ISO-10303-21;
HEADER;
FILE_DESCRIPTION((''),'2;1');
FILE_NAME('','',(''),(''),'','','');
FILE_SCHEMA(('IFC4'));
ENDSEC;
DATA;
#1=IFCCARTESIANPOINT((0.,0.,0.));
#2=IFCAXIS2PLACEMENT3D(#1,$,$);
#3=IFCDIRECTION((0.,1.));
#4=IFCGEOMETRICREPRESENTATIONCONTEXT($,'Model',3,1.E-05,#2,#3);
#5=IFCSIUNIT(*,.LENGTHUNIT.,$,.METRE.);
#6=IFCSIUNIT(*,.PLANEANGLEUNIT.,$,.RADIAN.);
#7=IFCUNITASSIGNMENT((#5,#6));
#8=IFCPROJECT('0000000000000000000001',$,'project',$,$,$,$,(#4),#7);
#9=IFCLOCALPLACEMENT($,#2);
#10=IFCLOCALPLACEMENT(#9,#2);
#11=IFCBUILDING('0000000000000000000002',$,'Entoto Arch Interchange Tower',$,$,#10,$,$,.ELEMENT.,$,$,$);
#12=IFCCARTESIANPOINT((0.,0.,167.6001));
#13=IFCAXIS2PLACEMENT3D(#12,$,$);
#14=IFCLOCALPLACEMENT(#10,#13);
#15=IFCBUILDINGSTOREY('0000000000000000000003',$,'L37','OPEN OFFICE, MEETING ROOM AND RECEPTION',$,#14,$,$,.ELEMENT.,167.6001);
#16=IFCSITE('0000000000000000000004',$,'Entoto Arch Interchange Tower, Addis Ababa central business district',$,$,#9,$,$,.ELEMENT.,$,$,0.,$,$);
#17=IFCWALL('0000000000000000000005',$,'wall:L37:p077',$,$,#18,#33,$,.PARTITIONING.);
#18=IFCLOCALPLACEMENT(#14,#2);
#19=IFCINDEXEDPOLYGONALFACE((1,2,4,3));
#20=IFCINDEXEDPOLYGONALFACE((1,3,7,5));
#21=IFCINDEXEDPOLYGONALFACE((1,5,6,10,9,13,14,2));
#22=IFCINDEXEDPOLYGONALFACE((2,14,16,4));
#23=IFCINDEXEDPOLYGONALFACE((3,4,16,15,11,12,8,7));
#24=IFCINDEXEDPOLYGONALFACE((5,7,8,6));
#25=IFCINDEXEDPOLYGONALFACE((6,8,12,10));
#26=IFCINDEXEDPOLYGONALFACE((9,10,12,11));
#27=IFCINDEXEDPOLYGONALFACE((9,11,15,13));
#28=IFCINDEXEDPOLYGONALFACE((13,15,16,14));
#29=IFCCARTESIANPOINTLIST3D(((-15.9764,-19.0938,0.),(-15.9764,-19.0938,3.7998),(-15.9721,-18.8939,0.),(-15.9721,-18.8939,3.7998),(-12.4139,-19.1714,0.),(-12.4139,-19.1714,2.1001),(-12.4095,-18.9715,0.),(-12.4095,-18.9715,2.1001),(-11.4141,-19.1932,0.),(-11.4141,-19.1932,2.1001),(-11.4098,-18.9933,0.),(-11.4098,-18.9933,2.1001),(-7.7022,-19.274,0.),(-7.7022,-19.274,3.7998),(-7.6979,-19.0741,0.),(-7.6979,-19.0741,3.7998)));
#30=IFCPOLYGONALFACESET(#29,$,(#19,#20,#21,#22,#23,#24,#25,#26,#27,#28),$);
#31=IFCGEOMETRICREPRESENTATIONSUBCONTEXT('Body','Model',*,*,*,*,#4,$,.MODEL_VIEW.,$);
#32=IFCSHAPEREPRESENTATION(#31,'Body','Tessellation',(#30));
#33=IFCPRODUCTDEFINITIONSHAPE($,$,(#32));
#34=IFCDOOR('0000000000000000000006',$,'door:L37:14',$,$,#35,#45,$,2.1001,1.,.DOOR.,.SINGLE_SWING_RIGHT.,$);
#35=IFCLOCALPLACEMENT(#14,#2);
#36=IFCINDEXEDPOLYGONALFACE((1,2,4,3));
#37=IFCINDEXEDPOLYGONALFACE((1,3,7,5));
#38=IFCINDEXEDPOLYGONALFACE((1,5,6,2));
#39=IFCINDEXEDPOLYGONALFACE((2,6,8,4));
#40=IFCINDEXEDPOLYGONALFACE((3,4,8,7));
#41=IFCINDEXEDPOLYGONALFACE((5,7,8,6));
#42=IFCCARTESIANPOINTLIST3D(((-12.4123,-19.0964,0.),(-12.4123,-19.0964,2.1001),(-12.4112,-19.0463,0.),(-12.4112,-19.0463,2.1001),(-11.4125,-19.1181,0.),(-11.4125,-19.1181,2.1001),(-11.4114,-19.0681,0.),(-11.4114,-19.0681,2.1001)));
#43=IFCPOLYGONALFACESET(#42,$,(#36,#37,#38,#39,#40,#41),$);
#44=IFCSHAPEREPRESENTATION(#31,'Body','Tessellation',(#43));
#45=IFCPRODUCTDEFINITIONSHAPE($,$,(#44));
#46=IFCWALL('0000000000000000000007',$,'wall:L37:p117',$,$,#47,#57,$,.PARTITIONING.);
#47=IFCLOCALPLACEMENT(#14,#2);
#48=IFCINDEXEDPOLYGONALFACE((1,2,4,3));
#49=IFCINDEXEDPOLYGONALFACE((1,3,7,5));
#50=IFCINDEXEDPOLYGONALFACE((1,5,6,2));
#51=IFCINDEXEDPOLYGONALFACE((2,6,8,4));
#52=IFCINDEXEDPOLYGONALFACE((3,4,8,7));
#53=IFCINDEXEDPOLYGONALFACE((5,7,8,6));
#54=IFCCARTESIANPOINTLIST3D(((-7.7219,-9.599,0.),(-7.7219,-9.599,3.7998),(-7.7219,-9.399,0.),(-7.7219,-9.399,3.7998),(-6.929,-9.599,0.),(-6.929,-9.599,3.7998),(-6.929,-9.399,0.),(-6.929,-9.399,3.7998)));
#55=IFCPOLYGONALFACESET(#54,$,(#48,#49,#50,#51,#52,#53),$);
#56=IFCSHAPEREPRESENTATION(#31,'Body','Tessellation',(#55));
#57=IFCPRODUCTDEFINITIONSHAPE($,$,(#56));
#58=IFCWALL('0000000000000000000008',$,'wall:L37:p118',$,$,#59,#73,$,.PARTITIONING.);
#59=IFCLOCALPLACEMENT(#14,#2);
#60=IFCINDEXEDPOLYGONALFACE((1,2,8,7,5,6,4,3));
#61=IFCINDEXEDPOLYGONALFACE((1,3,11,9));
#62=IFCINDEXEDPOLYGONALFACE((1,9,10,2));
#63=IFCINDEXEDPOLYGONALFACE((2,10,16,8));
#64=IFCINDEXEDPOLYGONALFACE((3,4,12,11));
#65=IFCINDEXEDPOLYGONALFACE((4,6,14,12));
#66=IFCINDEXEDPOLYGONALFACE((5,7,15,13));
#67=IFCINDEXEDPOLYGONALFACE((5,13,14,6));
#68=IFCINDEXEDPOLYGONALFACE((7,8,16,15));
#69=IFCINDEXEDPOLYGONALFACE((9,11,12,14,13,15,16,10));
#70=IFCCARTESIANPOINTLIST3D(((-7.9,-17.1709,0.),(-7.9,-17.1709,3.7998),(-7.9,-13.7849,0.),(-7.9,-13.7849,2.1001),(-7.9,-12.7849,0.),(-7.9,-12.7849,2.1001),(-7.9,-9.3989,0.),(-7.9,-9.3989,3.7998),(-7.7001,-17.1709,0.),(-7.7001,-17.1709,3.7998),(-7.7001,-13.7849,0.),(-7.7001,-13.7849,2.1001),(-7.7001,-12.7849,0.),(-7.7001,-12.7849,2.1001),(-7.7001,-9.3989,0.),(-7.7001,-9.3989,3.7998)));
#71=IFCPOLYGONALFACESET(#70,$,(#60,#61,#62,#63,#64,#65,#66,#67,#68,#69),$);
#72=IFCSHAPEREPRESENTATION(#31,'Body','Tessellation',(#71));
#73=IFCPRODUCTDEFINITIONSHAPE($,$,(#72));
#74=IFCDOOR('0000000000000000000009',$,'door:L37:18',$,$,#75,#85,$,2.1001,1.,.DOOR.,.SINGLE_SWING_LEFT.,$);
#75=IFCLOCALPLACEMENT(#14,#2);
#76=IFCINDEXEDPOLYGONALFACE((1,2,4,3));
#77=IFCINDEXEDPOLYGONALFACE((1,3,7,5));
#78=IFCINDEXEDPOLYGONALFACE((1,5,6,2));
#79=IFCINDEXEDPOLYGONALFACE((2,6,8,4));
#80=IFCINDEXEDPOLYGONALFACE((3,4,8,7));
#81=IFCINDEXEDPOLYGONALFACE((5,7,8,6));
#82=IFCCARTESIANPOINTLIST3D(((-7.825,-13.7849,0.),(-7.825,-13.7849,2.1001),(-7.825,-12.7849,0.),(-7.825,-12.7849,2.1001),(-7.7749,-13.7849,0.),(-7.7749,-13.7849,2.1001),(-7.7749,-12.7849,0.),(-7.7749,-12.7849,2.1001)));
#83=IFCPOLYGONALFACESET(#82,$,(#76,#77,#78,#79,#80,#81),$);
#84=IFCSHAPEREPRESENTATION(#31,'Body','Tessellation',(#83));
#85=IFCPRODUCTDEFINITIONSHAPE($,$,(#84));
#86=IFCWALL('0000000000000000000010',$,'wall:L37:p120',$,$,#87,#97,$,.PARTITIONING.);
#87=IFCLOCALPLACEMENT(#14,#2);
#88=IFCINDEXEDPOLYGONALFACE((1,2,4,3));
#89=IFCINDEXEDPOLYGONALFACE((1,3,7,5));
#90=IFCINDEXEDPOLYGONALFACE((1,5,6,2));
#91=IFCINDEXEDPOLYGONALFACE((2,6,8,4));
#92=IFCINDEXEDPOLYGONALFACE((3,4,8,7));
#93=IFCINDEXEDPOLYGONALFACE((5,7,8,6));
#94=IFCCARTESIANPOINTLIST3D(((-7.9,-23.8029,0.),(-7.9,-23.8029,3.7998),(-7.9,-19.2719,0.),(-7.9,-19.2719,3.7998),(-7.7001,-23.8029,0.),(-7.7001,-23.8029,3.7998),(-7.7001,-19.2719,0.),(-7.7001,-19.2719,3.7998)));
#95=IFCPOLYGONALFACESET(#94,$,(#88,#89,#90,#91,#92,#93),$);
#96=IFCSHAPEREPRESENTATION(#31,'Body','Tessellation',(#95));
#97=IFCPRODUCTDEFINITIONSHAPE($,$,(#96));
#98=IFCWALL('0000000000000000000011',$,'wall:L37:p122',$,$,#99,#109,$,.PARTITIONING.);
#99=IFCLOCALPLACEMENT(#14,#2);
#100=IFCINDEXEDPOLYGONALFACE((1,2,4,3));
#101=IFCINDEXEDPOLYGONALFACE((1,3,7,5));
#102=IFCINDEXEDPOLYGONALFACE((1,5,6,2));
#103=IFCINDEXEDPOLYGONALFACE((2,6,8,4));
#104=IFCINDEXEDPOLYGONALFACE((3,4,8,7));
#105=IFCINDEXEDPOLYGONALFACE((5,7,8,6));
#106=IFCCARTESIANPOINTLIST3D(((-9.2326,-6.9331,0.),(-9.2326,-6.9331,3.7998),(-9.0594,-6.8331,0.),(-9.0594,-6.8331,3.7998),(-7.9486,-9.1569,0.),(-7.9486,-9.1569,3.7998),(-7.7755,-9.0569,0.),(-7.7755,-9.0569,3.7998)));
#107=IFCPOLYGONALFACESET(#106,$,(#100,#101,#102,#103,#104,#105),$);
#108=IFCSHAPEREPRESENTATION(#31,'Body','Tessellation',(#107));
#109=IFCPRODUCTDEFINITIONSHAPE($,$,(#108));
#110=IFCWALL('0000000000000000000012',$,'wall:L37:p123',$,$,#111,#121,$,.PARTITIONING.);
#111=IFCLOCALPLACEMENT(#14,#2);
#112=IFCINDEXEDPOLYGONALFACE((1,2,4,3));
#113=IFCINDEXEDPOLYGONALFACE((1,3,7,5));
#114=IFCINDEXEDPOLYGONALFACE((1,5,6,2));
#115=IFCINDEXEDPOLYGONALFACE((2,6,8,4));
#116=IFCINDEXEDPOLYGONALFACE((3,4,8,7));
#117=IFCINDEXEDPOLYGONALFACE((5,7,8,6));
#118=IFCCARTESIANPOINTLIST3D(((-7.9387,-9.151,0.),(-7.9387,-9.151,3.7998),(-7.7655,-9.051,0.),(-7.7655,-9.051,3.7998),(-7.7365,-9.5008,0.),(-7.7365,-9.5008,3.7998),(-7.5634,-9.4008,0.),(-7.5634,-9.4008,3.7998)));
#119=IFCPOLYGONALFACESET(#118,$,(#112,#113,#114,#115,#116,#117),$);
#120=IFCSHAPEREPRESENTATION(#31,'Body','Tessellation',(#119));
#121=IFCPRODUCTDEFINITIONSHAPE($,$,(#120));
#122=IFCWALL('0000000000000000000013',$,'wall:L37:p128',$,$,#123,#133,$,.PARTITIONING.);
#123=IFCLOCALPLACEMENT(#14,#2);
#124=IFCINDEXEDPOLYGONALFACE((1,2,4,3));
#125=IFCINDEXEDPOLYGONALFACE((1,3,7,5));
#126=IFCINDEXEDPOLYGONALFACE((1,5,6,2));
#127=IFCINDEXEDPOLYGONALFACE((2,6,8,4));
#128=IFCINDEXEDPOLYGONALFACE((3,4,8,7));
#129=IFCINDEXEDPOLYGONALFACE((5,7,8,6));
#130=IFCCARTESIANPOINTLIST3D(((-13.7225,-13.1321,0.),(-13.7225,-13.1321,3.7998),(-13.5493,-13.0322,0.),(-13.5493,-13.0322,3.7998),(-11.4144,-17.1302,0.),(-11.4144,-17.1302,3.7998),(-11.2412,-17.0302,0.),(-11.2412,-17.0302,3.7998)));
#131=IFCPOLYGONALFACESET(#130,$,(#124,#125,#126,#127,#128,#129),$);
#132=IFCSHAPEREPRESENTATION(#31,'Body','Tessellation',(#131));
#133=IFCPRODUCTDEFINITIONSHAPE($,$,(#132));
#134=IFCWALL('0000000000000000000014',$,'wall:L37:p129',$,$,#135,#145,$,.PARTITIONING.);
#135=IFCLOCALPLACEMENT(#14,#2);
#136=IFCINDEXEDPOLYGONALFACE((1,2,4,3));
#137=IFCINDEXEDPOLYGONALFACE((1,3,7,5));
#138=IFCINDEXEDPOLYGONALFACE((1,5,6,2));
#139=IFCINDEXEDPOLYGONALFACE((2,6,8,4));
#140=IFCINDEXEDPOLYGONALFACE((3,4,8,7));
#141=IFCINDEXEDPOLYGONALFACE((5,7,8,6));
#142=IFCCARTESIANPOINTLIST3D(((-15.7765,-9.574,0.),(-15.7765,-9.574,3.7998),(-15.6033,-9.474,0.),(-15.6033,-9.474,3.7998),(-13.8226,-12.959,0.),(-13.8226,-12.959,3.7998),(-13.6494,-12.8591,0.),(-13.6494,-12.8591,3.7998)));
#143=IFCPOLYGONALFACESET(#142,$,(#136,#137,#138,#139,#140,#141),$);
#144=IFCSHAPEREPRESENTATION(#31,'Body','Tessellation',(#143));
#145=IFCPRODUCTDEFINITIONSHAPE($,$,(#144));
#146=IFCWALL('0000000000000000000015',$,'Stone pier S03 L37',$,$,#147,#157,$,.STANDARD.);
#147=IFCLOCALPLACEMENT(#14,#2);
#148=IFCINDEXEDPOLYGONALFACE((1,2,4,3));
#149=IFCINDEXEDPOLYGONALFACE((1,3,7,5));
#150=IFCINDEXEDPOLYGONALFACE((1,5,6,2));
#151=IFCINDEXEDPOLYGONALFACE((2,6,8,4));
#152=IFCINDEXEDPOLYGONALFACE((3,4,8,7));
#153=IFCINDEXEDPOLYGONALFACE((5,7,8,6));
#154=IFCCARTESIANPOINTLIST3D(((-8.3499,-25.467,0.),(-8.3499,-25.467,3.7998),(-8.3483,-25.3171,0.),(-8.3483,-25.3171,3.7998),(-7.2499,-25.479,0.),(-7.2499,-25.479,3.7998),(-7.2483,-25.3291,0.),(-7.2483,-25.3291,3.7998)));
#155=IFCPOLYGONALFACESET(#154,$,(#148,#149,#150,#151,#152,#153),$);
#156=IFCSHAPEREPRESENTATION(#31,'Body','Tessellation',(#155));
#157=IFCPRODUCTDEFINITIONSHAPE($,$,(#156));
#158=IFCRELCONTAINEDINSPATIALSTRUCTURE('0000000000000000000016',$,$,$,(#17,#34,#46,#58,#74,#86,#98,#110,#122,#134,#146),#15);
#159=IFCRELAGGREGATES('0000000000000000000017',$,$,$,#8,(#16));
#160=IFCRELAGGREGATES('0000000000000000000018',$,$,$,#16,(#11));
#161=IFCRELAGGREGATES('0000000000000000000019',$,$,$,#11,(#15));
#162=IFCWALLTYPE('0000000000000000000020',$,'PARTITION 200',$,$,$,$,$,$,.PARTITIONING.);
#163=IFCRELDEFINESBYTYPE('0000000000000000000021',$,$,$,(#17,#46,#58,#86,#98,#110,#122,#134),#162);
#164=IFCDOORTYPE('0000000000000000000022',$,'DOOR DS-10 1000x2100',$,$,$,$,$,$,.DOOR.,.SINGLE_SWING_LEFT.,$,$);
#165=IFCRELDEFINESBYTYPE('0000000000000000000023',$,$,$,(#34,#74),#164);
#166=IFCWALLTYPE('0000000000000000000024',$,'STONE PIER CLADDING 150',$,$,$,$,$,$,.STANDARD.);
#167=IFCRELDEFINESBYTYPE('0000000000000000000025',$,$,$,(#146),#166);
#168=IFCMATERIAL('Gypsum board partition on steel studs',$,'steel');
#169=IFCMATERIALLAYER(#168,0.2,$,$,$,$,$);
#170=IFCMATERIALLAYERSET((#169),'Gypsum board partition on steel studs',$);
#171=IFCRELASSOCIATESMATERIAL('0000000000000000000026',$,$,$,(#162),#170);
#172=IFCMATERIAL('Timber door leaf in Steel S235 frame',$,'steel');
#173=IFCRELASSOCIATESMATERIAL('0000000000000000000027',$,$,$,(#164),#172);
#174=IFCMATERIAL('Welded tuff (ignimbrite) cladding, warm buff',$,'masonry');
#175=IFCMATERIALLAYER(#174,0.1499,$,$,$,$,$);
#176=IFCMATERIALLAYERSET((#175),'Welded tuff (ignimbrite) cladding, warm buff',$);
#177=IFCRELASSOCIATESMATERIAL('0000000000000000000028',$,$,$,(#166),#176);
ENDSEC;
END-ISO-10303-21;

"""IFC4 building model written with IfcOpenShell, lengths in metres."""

from ifc_helpers import new_model, si_unit, direction, frame, frame_2d, origin, place, context, subcontext, project, spatial, rectangle, extrude, material, layer, layer_set, type_object, element, fill, save


model = new_model("IFC4")

# Units and contexts
model_context = context("Model", 3, precision=1e-05, world=origin(), true_north=direction((0.0, 1.0)))
body_context = subcontext(model_context, "Body", "Model", "MODEL_VIEW")
ifc_project = project(units=[si_unit("LENGTHUNIT", "METRE"), si_unit("PLANEANGLEUNIT", "RADIAN")], contexts=[model_context])

# Site, building, storey
site_placement = place(None, origin())
site = spatial("IfcSite", under=ifc_project, at=site_placement, Name="Entoto Arch Interchange Tower, Addis Ababa central business district", CompositionType="ELEMENT", RefElevation=0.0)
building_placement = place(site_placement, origin())
building = spatial("IfcBuilding", under=site, at=building_placement, Name="Entoto Arch Interchange Tower", CompositionType="ELEMENT")
storey_placement = place(building_placement, frame((0.0, 0.0, 167.6001)))
storey = spatial("IfcBuildingStorey", under=building, at=storey_placement, Name="L37", Description="OPEN OFFICE, MEETING ROOM AND RECEPTION", CompositionType="ELEMENT", Elevation=167.6001)

# Shared definitions
ifc_material_1 = material(Name="Gypsum board partition on steel studs", Category="steel")
ifc_layer_1 = layer(ifc_material_1, 0.2)
ifc_layer_set_1 = layer_set([ifc_layer_1], Name="Gypsum board partition on steel studs")
wall_type_1 = type_object("IfcWallType", Name="PARTITION 200", PredefinedType="PARTITIONING", material=ifc_layer_set_1)

# Wall, opening, door
wall_1_placement = place(storey_placement, frame((-7.7, -19.1741, 0.0), z_axis=(0.0, 0.0, 1.0), x_axis=(-0.999763, 0.021771, 0.0)))
wall_1 = element("IfcWall", 1, at=wall_1_placement, inside=storey, type_object=wall_type_1, Name="wall:L37:p077", PredefinedType="PARTITIONING", context=body_context, shape_type="SweptSolid", body=[
    extrude(rectangle(XDim=8.2761, YDim=0.2, at=frame_2d((4.1382, 0.0))), origin(), (0.0, 0.0, 1.0), 3.7998),
])
opening_1_placement = place(wall_1_placement, frame((3.7129, 0.0, 0.0)))
opening_1 = element("IfcOpeningElement", 2, at=opening_1_placement, cuts=wall_1, PredefinedType="OPENING", context=body_context, shape_type="SweptSolid", body=[
    extrude(rectangle(XDim=1.0, YDim=2.1001, at=frame_2d((0.5, 1.05))), frame((0.0, 0.1099, 0.0), z_axis=(0.0, -1.0, 0.0), x_axis=(1.0, 0.0, 0.0)), (0.0, 0.0, 1.0), 0.22),
])
ifc_material_2 = material(Name="Timber door leaf in Steel S235 frame", Category="steel")
door_type = type_object("IfcDoorType", Name="DOOR DS-10 1000x2100", OperationType="SINGLE_SWING_LEFT", PredefinedType="DOOR", material=ifc_material_2)
door_1_placement = place(opening_1_placement, origin())
door_1 = element("IfcDoor", 3, at=door_1_placement, inside=storey, type_object=door_type, Name="door:L37:14", OperationType="SINGLE_SWING_RIGHT", OverallHeight=2.1001, OverallWidth=1.0, PredefinedType="DOOR", context=body_context, shape_type="SweptSolid", body=[
    extrude(rectangle(XDim=1.0, YDim=2.1001, at=frame_2d((0.5, 1.05))), frame((0.0, 0.0249, 0.0), z_axis=(0.0, -1.0, 0.0), x_axis=(1.0, 0.0, 0.0)), (0.0, 0.0, 1.0), 0.05),
])
fill(opening_1, door_1)

# Wall
wall_2_placement = place(storey_placement, frame((-7.7219, -9.499, 0.0), z_axis=(0.0, 0.0, 1.0), x_axis=(1.0, 0.0, 0.0)))
element("IfcWall", 4, at=wall_2_placement, inside=storey, type_object=wall_type_1, Name="wall:L37:p117", PredefinedType="PARTITIONING", context=body_context, shape_type="SweptSolid", body=[
    extrude(rectangle(XDim=0.793, YDim=0.2, at=frame_2d((0.3965, 0.0))), origin(), (0.0, 0.0, 1.0), 3.7998),
])

# Wall, opening, door
wall_3_placement = place(storey_placement, frame((-7.8, -17.1709, 0.0), z_axis=(0.0, 0.0, 1.0), x_axis=(0.0, 1.0, 0.0)))
wall_3 = element("IfcWall", 5, at=wall_3_placement, inside=storey, type_object=wall_type_1, Name="wall:L37:p118", PredefinedType="PARTITIONING", context=body_context, shape_type="SweptSolid", body=[
    extrude(rectangle(XDim=7.772, YDim=0.2, at=frame_2d((3.886, 0.0))), origin(), (0.0, 0.0, 1.0), 3.7998),
])
opening_2_placement = place(wall_3_placement, frame((3.386, 0.0, 0.0)))
opening_2 = element("IfcOpeningElement", 6, at=opening_2_placement, cuts=wall_3, PredefinedType="OPENING", context=body_context, shape_type="SweptSolid", body=[
    extrude(rectangle(XDim=1.0, YDim=2.1001, at=frame_2d((0.5, 1.05))), frame((0.0, 0.1099, 0.0), z_axis=(0.0, -1.0, 0.0), x_axis=(1.0, 0.0, 0.0)), (0.0, 0.0, 1.0), 0.22),
])
door_2_placement = place(opening_2_placement, origin())
door_2 = element("IfcDoor", 7, at=door_2_placement, inside=storey, type_object=door_type, Name="door:L37:18", OperationType="SINGLE_SWING_LEFT", OverallHeight=2.1001, OverallWidth=1.0, PredefinedType="DOOR", context=body_context, shape_type="SweptSolid", body=[
    extrude(rectangle(XDim=1.0, YDim=2.1001, at=frame_2d((0.5, 1.05))), frame((0.0, 0.0249, 0.0), z_axis=(0.0, -1.0, 0.0), x_axis=(1.0, 0.0, 0.0)), (0.0, 0.0, 1.0), 0.05),
])
fill(opening_2, door_2)

# Walls
wall_4_placement = place(storey_placement, frame((-7.8, -23.803, 0.0), z_axis=(0.0, 0.0, 1.0), x_axis=(0.0, 1.0, 0.0)))
element("IfcWall", 8, at=wall_4_placement, inside=storey, type_object=wall_type_1, Name="wall:L37:p120", PredefinedType="PARTITIONING", context=body_context, shape_type="SweptSolid", body=[
    extrude(rectangle(XDim=4.531, YDim=0.2, at=frame_2d((2.2656, 0.0))), origin(), (0.0, 0.0, 1.0), 3.7998),
])
wall_5_placement = place(storey_placement, frame((-7.8621, -9.1069, 0.0), z_axis=(0.0, 0.0, 1.0), x_axis=(-0.499994, 0.866029, 0.0)))
element("IfcWall", 9, at=wall_5_placement, inside=storey, type_object=wall_type_1, Name="wall:L37:p122", PredefinedType="PARTITIONING", context=body_context, shape_type="SweptSolid", body=[
    extrude(rectangle(XDim=2.5679, YDim=0.2, at=frame_2d((1.2839, 0.0))), origin(), (0.0, 0.0, 1.0), 3.7998),
])
wall_6_placement = place(storey_placement, frame((-7.6499, -9.4509, 0.0), z_axis=(0.0, 0.0, 1.0), x_axis=(-0.500298, 0.865853, 0.0)))
element("IfcWall", 10, at=wall_6_placement, inside=storey, type_object=wall_type_1, Name="wall:L37:p123", PredefinedType="PARTITIONING", context=body_context, shape_type="SweptSolid", body=[
    extrude(rectangle(XDim=0.4041, YDim=0.2, at=frame_2d((0.2021, 0.0))), origin(), (0.0, 0.0, 1.0), 3.7998),
])
wall_7_placement = place(storey_placement, frame((-11.3279, -17.0801, 0.0), z_axis=(0.0, 0.0, 1.0), x_axis=(-0.499973, 0.866041, 0.0)))
element("IfcWall", 11, at=wall_7_placement, inside=storey, type_object=wall_type_1, Name="wall:L37:p128", PredefinedType="PARTITIONING", context=body_context, shape_type="SweptSolid", body=[
    extrude(rectangle(XDim=4.6165, YDim=0.2, at=frame_2d((2.3081, 0.0))), origin(), (0.0, 0.0, 1.0), 3.7998),
])
wall_8_placement = place(storey_placement, frame((-13.7361, -12.9089, 0.0), z_axis=(0.0, 0.0, 1.0), x_axis=(-0.499908, 0.866078, 0.0)))
element("IfcWall", 12, at=wall_8_placement, inside=storey, type_object=wall_type_1, Name="wall:L37:p129", PredefinedType="PARTITIONING", context=body_context, shape_type="SweptSolid", body=[
    extrude(rectangle(XDim=3.9084, YDim=0.2, at=frame_2d((1.9541, 0.0))), origin(), (0.0, 0.0, 1.0), 3.7998),
])
ifc_material_3 = material(Name="Welded tuff (ignimbrite) cladding, warm buff", Category="masonry")
ifc_layer_2 = layer(ifc_material_3, 0.1499)
ifc_layer_set_2 = layer_set([ifc_layer_2], Name="Welded tuff (ignimbrite) cladding, warm buff")
wall_type_2 = type_object("IfcWallType", Name="STONE PIER CLADDING 150", PredefinedType="STANDARD", material=ifc_layer_set_2)
wall_9_placement = place(storey_placement, frame((-8.3491, -25.3921, 0.0), z_axis=(0.0, 0.0, 1.0), x_axis=(0.999941, -0.010874, 0.0)))
element("IfcWall", 13, at=wall_9_placement, inside=storey, type_object=wall_type_2, Name="Stone pier S03 L37", PredefinedType="STANDARD", context=body_context, shape_type="SweptSolid", body=[
    extrude(rectangle(XDim=1.1001, YDim=0.1499, at=frame_2d((0.55, 0.0))), origin(), (0.0, 0.0, 1.0), 3.7998),
])

save(model, "model.ifc")
